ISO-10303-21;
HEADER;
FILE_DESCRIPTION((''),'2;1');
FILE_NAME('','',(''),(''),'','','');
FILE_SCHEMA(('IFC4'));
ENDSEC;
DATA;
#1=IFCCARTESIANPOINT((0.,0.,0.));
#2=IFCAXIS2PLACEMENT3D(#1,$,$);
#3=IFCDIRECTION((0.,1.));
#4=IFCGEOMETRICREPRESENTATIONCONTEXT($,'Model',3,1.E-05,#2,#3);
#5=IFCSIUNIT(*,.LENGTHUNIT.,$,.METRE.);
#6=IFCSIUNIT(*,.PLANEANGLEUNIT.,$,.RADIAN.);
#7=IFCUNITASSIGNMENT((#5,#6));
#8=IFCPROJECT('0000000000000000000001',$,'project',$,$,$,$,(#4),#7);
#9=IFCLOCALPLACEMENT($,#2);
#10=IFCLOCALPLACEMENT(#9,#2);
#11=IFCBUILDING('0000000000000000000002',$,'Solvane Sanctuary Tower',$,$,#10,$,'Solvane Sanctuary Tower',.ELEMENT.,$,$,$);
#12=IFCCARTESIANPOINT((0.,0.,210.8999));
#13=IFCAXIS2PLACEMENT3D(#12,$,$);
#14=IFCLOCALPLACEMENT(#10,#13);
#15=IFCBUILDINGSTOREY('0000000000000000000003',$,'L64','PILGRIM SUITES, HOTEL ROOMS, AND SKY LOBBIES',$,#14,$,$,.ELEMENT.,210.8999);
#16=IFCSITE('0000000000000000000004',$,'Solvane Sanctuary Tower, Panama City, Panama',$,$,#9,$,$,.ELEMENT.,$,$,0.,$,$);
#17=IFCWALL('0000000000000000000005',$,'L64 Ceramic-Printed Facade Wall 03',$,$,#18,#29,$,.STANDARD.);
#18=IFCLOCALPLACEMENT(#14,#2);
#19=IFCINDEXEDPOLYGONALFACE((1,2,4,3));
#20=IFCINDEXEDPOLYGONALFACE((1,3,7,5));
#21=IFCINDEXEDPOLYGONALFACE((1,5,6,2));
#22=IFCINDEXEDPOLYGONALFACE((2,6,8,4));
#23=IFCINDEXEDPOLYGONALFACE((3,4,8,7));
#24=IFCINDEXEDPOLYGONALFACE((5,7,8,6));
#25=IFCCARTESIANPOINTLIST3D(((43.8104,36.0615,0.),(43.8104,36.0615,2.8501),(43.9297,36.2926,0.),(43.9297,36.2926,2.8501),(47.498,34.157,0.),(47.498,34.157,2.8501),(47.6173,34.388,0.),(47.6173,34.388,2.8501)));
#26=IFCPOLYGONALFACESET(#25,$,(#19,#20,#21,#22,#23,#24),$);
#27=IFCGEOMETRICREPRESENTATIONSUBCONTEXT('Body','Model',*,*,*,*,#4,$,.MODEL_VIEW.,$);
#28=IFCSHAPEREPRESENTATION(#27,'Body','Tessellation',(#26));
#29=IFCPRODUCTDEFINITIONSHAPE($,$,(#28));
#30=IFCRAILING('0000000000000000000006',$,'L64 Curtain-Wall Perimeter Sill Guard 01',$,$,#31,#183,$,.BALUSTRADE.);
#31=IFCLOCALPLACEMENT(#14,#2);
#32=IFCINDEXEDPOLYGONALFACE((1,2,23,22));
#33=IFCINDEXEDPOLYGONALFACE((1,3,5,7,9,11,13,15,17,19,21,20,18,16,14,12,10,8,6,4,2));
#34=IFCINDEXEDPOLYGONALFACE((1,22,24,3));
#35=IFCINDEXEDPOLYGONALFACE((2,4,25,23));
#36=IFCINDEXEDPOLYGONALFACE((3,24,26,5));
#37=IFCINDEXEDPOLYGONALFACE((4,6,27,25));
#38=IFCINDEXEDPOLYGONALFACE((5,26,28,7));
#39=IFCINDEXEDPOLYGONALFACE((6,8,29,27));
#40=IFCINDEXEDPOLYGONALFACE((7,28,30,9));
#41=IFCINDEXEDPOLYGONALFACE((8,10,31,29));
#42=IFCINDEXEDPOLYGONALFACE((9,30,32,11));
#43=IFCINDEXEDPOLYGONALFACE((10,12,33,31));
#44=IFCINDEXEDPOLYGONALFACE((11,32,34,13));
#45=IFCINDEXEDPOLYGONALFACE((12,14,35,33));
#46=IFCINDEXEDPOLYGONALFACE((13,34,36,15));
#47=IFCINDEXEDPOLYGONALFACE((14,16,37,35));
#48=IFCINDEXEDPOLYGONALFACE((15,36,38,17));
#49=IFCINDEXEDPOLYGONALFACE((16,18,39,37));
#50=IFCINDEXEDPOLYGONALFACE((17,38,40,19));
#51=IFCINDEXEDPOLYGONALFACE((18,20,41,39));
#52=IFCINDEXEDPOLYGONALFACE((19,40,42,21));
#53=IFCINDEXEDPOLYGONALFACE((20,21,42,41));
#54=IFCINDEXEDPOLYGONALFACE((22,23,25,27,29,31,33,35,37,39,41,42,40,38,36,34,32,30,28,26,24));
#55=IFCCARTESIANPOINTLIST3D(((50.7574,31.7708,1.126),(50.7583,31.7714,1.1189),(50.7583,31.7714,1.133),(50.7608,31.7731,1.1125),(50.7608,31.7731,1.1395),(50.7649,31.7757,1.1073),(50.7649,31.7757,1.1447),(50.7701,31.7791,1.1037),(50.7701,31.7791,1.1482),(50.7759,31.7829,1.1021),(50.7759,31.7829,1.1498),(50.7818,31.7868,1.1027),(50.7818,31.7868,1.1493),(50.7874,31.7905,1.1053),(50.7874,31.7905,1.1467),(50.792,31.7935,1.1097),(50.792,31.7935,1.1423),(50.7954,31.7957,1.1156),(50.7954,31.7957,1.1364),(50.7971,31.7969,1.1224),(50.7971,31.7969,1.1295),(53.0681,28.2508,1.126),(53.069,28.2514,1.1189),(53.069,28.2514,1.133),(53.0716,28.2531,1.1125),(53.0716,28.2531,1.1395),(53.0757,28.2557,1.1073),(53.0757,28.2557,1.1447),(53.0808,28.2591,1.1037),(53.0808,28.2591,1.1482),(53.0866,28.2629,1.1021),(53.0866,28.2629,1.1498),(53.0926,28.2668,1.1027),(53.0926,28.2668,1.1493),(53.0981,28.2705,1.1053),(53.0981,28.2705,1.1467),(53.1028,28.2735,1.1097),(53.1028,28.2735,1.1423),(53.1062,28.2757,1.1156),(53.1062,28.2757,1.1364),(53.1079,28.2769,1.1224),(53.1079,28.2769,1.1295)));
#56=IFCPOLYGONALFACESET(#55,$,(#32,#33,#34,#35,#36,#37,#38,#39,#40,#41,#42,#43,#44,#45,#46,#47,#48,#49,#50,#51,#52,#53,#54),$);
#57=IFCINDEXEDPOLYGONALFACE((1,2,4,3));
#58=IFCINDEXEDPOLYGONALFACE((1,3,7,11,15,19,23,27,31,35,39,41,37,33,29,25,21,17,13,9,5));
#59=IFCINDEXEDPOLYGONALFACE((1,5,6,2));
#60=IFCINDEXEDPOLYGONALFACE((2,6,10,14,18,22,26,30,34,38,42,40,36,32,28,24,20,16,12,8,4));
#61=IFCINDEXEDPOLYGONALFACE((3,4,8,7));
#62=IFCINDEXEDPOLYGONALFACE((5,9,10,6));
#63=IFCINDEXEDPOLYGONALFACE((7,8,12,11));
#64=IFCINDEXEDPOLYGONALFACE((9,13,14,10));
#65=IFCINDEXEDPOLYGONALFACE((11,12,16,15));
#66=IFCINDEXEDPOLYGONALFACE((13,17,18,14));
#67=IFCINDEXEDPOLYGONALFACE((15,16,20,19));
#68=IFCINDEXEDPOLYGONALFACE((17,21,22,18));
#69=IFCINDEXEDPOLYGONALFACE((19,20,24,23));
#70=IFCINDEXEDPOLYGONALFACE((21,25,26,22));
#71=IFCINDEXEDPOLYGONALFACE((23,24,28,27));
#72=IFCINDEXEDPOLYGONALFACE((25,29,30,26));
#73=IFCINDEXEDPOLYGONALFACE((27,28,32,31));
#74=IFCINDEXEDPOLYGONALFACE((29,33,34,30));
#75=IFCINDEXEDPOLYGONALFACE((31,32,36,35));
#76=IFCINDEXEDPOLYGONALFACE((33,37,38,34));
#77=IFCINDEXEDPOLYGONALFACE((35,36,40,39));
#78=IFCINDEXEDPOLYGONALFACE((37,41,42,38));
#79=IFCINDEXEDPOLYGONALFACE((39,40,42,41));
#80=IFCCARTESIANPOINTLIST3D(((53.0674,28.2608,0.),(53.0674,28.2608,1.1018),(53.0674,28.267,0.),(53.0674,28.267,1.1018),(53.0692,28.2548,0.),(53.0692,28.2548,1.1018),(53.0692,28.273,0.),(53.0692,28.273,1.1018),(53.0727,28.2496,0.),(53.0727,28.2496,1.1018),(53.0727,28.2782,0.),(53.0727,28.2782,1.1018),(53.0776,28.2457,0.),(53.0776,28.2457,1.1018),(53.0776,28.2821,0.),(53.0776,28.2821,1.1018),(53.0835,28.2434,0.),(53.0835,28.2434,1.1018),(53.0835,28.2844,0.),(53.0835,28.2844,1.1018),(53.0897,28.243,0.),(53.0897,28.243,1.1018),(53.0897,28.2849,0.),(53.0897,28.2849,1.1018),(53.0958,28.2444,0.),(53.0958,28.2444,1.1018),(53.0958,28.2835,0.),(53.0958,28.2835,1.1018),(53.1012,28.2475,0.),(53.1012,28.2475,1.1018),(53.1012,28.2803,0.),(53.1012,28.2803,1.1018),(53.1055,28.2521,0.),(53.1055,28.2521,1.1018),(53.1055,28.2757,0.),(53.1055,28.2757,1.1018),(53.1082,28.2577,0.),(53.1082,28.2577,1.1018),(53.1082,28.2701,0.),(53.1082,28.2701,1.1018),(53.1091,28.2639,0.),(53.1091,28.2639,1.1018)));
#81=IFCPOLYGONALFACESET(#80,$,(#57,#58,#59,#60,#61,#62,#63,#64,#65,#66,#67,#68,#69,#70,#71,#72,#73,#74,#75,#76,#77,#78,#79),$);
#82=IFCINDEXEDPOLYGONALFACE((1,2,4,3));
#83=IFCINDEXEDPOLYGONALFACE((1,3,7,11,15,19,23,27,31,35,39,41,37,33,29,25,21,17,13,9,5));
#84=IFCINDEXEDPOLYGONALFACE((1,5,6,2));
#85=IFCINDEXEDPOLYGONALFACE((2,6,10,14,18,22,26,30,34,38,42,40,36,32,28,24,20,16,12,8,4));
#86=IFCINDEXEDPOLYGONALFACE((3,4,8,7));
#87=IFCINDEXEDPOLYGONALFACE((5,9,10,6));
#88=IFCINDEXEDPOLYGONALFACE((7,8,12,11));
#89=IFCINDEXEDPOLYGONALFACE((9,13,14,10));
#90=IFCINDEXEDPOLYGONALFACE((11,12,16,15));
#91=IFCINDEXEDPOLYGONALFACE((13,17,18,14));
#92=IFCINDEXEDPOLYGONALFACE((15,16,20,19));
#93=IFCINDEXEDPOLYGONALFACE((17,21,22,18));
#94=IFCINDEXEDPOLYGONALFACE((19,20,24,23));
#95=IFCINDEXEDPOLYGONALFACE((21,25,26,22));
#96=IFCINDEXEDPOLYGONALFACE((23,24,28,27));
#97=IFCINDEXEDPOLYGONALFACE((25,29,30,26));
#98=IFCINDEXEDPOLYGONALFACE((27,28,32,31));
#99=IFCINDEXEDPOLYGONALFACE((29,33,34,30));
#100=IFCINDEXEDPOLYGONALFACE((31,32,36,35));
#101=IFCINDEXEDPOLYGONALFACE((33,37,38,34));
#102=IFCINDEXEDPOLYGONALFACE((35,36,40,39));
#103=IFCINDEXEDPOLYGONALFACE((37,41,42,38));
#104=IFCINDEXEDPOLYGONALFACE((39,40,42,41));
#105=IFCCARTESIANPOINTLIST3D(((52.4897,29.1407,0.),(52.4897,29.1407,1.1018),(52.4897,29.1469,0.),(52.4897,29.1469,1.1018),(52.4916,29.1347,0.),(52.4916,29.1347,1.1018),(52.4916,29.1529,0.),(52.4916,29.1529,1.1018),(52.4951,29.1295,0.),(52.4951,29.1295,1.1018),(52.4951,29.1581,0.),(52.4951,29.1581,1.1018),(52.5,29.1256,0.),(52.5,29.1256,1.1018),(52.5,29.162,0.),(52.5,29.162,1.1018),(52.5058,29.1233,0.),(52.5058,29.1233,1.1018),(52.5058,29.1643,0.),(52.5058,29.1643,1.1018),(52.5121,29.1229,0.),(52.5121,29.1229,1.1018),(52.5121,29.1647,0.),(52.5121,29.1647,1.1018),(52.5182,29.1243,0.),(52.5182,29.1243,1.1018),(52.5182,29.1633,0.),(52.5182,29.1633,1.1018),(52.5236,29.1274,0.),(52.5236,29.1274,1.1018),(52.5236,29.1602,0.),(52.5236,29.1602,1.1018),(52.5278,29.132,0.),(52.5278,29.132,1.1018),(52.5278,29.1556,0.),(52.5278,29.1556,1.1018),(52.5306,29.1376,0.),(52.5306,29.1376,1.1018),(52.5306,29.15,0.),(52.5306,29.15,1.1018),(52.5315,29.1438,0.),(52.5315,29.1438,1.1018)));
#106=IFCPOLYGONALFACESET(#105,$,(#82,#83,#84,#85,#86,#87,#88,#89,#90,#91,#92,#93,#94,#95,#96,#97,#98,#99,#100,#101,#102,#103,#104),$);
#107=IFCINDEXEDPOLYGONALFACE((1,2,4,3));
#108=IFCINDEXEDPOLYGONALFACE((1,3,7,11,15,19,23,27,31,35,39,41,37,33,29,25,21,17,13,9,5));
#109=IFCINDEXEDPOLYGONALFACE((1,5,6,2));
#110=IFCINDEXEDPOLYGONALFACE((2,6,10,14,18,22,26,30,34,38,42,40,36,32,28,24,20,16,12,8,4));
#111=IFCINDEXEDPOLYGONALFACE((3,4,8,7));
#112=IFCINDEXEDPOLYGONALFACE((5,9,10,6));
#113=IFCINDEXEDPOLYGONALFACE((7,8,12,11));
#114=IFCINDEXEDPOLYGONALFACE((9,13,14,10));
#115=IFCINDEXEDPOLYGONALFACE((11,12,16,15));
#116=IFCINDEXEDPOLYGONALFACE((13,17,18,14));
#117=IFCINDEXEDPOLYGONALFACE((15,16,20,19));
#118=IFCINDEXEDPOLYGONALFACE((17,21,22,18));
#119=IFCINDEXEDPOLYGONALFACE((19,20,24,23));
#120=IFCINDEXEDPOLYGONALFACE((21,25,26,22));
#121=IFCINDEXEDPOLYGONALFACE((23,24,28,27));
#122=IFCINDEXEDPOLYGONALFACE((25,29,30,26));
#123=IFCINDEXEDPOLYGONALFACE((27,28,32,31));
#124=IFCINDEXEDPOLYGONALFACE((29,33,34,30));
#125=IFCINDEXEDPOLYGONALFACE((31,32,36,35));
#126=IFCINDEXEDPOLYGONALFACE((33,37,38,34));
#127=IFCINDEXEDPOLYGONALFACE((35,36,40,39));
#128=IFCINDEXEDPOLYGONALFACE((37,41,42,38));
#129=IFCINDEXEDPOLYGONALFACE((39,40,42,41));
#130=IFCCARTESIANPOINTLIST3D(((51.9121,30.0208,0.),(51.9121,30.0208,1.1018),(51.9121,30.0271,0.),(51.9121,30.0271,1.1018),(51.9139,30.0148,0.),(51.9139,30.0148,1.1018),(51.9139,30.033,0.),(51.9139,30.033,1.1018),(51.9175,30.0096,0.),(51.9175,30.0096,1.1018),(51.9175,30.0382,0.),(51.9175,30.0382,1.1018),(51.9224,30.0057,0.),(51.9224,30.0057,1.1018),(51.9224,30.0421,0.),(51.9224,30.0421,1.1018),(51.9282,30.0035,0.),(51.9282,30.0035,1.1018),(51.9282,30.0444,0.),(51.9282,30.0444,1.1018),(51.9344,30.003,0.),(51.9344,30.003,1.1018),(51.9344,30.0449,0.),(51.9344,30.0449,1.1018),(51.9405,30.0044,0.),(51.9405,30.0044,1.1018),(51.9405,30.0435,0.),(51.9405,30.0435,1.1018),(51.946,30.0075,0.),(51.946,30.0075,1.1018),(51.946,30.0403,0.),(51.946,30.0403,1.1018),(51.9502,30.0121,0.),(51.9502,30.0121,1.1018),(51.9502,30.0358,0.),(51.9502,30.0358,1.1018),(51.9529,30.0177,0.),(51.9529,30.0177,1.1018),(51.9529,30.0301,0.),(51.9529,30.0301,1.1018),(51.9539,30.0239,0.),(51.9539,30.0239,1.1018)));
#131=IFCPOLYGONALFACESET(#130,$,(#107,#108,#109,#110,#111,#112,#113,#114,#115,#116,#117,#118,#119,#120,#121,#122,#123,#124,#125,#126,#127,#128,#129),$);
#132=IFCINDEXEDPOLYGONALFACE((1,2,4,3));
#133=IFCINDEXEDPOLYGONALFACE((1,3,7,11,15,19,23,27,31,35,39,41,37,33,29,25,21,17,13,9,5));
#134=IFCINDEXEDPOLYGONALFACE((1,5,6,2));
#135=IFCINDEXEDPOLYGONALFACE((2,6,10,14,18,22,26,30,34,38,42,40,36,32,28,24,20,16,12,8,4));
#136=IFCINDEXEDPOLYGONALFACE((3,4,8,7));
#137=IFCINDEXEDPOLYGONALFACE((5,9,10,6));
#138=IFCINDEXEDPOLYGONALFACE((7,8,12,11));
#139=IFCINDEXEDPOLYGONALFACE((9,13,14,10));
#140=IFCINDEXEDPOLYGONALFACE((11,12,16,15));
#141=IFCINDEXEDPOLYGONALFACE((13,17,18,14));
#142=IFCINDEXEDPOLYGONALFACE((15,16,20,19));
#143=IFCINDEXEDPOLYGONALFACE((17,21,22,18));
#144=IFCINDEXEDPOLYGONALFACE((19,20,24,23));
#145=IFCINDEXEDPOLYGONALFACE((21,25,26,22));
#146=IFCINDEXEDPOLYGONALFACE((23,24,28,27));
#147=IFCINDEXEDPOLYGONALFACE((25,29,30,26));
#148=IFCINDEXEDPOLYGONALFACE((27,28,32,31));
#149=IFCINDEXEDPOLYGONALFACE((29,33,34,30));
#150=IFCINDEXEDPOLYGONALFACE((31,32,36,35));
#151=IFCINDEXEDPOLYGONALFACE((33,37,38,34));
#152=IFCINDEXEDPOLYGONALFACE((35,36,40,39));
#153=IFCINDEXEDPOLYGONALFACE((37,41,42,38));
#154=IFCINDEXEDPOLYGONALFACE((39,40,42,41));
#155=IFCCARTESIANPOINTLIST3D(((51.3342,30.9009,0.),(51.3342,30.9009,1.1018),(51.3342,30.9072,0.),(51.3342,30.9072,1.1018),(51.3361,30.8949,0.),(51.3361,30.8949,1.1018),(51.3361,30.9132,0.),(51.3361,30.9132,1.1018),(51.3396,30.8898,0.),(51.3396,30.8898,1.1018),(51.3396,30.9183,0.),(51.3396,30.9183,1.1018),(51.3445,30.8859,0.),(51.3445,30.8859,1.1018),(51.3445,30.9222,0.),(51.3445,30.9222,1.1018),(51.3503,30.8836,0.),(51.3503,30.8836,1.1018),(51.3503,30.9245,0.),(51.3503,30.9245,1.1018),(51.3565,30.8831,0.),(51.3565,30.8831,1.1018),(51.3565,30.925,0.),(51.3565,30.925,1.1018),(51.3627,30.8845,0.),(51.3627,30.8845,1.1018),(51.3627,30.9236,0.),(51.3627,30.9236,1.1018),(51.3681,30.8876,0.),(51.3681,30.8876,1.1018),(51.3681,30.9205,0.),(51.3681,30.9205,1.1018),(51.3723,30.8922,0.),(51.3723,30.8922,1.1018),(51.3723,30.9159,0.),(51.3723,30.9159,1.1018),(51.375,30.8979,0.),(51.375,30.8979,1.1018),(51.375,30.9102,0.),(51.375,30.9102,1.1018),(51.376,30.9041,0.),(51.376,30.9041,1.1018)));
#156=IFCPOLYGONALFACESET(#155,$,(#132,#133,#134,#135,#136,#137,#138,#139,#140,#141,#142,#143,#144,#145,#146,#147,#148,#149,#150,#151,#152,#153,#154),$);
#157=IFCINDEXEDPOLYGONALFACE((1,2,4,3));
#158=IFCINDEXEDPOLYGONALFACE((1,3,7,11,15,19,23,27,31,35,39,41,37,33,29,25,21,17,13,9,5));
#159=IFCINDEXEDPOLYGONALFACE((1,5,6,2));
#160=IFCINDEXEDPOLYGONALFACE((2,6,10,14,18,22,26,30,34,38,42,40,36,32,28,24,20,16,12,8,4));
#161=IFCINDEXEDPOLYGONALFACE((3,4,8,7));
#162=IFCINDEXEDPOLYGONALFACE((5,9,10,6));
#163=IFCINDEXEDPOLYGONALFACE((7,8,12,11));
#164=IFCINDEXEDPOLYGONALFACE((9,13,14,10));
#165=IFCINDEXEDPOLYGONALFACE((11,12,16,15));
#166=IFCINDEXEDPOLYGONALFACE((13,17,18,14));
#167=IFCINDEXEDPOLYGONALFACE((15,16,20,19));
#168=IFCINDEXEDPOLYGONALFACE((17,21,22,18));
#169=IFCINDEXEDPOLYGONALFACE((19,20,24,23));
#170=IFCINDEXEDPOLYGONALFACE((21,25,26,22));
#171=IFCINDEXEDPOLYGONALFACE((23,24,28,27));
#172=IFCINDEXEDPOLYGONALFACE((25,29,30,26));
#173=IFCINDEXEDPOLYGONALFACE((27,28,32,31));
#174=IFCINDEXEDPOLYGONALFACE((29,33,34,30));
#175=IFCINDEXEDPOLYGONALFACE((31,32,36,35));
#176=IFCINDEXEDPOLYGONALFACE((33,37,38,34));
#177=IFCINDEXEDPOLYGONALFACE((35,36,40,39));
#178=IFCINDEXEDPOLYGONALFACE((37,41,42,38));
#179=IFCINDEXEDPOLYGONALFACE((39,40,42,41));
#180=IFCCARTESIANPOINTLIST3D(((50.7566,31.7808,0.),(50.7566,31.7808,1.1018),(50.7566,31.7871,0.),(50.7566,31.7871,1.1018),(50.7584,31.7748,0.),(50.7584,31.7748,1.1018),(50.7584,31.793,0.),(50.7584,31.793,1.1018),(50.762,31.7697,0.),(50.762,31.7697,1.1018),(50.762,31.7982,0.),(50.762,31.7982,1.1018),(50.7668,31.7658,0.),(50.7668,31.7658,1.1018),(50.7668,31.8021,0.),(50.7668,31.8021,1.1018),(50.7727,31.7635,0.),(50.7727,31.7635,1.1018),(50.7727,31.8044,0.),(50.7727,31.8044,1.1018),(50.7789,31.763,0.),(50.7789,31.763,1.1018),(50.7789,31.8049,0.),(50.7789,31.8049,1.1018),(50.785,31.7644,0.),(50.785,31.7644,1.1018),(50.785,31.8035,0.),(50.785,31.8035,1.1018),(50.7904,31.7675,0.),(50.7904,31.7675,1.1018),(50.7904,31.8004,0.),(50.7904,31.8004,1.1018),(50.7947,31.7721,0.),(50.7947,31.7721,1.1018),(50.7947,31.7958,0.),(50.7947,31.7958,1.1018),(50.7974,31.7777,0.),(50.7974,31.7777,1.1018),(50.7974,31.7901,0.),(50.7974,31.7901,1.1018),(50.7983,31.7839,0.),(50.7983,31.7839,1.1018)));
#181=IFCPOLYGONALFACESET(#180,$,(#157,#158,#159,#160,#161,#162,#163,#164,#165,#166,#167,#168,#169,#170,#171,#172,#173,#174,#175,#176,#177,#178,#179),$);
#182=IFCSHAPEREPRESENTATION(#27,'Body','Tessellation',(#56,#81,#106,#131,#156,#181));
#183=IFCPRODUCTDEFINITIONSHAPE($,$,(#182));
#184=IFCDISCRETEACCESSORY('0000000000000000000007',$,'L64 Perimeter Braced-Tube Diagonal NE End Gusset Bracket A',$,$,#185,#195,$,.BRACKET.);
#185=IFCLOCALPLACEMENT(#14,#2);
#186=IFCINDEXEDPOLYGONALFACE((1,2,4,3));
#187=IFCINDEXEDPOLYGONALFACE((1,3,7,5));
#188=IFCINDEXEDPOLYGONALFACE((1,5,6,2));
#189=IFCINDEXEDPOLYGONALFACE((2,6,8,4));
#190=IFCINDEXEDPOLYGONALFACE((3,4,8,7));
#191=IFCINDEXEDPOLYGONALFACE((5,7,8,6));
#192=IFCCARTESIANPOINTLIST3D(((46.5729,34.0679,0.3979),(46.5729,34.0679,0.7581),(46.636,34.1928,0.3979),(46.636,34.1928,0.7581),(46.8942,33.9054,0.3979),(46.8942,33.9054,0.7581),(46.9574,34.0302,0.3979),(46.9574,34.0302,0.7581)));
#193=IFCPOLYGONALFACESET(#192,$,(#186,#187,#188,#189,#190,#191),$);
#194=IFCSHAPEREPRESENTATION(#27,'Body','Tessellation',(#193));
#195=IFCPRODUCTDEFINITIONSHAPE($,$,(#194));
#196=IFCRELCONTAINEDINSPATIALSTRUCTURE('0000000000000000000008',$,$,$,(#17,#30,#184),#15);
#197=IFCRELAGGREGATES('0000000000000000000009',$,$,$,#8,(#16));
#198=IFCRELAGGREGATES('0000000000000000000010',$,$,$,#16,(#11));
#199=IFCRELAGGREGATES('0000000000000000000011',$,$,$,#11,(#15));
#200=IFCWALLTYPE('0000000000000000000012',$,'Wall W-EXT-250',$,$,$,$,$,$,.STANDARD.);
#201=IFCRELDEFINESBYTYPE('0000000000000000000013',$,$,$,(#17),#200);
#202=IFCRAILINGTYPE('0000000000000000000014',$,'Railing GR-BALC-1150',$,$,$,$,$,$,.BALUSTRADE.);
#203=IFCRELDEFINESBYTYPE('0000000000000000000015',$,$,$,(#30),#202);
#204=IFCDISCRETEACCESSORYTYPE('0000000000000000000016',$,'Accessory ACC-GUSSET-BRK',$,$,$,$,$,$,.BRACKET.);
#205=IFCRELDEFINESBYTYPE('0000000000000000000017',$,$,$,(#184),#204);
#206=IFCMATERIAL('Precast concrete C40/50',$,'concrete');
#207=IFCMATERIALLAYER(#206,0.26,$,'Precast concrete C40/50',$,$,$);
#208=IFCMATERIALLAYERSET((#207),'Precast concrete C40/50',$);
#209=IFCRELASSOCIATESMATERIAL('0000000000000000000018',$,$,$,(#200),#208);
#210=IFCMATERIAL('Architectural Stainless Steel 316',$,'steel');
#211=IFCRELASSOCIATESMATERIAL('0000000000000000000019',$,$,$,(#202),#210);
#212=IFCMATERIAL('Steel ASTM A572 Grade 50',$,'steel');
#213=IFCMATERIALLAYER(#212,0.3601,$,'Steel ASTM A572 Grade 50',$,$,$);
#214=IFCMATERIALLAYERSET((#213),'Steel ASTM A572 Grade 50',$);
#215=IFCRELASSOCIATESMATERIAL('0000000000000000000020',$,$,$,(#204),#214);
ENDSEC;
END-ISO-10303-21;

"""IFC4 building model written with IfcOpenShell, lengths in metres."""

from ifc_helpers import new_model, si_unit, direction, frame, frame_2d, origin, origin_2d, place, context, subcontext, project, spatial, rectangle, circle, extrude, material, layer, layer_set, type_object, element, save


model = new_model("IFC4")

# Units and contexts
model_context = context("Model", 3, precision=1e-05, world=origin(), true_north=direction((0.0, 1.0)))
body_context = subcontext(model_context, "Body", "Model", "MODEL_VIEW")
ifc_project = project(units=[si_unit("LENGTHUNIT", "METRE"), si_unit("PLANEANGLEUNIT", "RADIAN")], contexts=[model_context])

# Site, building, storey
site_placement = place(None, origin())
site = spatial("IfcSite", under=ifc_project, at=site_placement, Name="Solvane Sanctuary Tower, Panama City, Panama", CompositionType="ELEMENT", RefElevation=0.0)
building_placement = place(site_placement, origin())
building = spatial("IfcBuilding", under=site, at=building_placement, Name="Solvane Sanctuary Tower", LongName="Solvane Sanctuary Tower", CompositionType="ELEMENT")
storey_placement = place(building_placement, frame((0.0, 0.0, 210.8999)))
storey = spatial("IfcBuildingStorey", under=building, at=storey_placement, Name="L64", Description="PILGRIM SUITES, HOTEL ROOMS, AND SKY LOBBIES", CompositionType="ELEMENT", Elevation=210.8999)

# Shared definitions
ifc_material_1 = material(Name="Precast concrete C40/50", Category="concrete")
ifc_layer_1 = layer(ifc_material_1, 0.26, Name="Precast concrete C40/50")
ifc_layer_set_1 = layer_set([ifc_layer_1], Name="Precast concrete C40/50")
wall_type_1 = type_object("IfcWallType", Name="Wall W-EXT-250", PredefinedType="STANDARD", material=ifc_layer_set_1)

# Wall
wall_1_placement = place(storey_placement, frame((47.5576, 34.2725, 0.0), z_axis=(0.0, 0.0, 1.0), x_axis=(-0.888491, 0.458893, 0.0)))
element("IfcWall", 1, at=wall_1_placement, inside=storey, type_object=wall_type_1, Name="L64 Ceramic-Printed Facade Wall 03", PredefinedType="STANDARD", context=body_context, shape_type="SweptSolid", body=[
    extrude(rectangle(XDim=4.1504, YDim=0.26, at=frame_2d((2.0752, 0.0))), origin(), (0.0, 0.0, 1.0), 2.8501),
])

# Railing
ifc_material_2 = material(Name="Architectural Stainless Steel 316", Category="steel")
railing_type = type_object("IfcRailingType", Name="Railing GR-BALC-1150", PredefinedType="BALUSTRADE", material=ifc_material_2)
railing_1_placement = place(storey_placement, frame((53.0881, 28.2639, 0.0)))
element("IfcRailing", 2, at=railing_1_placement, inside=storey, type_object=railing_type, Name="L64 Curtain-Wall Perimeter Sill Guard 01", PredefinedType="BALUSTRADE", context=body_context, shape_type="SweptSolid", body=[
    extrude(circle(Radius=0.0239, at=origin_2d()), frame((0.0, 0.0, 1.126), z_axis=(-0.548786, 0.835963, 0.0), x_axis=(-0.835963, -0.548786, 0.0)), (0.0, 0.0, 1.0), 4.2107),
    extrude(circle(Radius=0.021, at=origin_2d()), origin(), (0.0, 0.0, 1.0), 1.1018),
    extrude(circle(Radius=0.021, at=origin_2d()), frame((-0.5776, 0.8799, 0.0)), (0.0, 0.0, 1.0), 1.1018),
    extrude(circle(Radius=0.021, at=origin_2d()), frame((-1.1553, 1.76, 0.0)), (0.0, 0.0, 1.0), 1.1018),
    extrude(circle(Radius=0.021, at=origin_2d()), frame((-1.7332, 2.6401, 0.0)), (0.0, 0.0, 1.0), 1.1018),
    extrude(circle(Radius=0.021, at=origin_2d()), frame((-2.3108, 3.52, 0.0)), (0.0, 0.0, 1.0), 1.1018),
])

# Discrete accessory
ifc_material_3 = material(Name="Steel ASTM A572 Grade 50", Category="steel")
ifc_layer_2 = layer(ifc_material_3, 0.3601, Name="Steel ASTM A572 Grade 50")
ifc_layer_set_2 = layer_set([ifc_layer_2], Name="Steel ASTM A572 Grade 50")
discrete_accessory_type = type_object("IfcDiscreteAccessoryType", Name="Accessory ACC-GUSSET-BRK", PredefinedType="BRACKET", material=ifc_layer_set_2)
discrete_accessory_placement = place(storey_placement, frame((46.7651, 34.0491, 0.3979), z_axis=(0.0, 0.0, 1.0), x_axis=(-0.89235, 0.451345, 0.0)))
element("IfcDiscreteAccessory", 3, at=discrete_accessory_placement, inside=storey, type_object=discrete_accessory_type, Name="L64 Perimeter Braced-Tube Diagonal NE End Gusset Bracket A", PredefinedType="BRACKET", context=body_context, shape_type="SweptSolid", body=[
    extrude(rectangle(XDim=0.3601, YDim=0.1399, at=origin_2d()), origin(), (0.0, 0.0, 1.0), 0.3601),
])

save(model, "model.ifc")
